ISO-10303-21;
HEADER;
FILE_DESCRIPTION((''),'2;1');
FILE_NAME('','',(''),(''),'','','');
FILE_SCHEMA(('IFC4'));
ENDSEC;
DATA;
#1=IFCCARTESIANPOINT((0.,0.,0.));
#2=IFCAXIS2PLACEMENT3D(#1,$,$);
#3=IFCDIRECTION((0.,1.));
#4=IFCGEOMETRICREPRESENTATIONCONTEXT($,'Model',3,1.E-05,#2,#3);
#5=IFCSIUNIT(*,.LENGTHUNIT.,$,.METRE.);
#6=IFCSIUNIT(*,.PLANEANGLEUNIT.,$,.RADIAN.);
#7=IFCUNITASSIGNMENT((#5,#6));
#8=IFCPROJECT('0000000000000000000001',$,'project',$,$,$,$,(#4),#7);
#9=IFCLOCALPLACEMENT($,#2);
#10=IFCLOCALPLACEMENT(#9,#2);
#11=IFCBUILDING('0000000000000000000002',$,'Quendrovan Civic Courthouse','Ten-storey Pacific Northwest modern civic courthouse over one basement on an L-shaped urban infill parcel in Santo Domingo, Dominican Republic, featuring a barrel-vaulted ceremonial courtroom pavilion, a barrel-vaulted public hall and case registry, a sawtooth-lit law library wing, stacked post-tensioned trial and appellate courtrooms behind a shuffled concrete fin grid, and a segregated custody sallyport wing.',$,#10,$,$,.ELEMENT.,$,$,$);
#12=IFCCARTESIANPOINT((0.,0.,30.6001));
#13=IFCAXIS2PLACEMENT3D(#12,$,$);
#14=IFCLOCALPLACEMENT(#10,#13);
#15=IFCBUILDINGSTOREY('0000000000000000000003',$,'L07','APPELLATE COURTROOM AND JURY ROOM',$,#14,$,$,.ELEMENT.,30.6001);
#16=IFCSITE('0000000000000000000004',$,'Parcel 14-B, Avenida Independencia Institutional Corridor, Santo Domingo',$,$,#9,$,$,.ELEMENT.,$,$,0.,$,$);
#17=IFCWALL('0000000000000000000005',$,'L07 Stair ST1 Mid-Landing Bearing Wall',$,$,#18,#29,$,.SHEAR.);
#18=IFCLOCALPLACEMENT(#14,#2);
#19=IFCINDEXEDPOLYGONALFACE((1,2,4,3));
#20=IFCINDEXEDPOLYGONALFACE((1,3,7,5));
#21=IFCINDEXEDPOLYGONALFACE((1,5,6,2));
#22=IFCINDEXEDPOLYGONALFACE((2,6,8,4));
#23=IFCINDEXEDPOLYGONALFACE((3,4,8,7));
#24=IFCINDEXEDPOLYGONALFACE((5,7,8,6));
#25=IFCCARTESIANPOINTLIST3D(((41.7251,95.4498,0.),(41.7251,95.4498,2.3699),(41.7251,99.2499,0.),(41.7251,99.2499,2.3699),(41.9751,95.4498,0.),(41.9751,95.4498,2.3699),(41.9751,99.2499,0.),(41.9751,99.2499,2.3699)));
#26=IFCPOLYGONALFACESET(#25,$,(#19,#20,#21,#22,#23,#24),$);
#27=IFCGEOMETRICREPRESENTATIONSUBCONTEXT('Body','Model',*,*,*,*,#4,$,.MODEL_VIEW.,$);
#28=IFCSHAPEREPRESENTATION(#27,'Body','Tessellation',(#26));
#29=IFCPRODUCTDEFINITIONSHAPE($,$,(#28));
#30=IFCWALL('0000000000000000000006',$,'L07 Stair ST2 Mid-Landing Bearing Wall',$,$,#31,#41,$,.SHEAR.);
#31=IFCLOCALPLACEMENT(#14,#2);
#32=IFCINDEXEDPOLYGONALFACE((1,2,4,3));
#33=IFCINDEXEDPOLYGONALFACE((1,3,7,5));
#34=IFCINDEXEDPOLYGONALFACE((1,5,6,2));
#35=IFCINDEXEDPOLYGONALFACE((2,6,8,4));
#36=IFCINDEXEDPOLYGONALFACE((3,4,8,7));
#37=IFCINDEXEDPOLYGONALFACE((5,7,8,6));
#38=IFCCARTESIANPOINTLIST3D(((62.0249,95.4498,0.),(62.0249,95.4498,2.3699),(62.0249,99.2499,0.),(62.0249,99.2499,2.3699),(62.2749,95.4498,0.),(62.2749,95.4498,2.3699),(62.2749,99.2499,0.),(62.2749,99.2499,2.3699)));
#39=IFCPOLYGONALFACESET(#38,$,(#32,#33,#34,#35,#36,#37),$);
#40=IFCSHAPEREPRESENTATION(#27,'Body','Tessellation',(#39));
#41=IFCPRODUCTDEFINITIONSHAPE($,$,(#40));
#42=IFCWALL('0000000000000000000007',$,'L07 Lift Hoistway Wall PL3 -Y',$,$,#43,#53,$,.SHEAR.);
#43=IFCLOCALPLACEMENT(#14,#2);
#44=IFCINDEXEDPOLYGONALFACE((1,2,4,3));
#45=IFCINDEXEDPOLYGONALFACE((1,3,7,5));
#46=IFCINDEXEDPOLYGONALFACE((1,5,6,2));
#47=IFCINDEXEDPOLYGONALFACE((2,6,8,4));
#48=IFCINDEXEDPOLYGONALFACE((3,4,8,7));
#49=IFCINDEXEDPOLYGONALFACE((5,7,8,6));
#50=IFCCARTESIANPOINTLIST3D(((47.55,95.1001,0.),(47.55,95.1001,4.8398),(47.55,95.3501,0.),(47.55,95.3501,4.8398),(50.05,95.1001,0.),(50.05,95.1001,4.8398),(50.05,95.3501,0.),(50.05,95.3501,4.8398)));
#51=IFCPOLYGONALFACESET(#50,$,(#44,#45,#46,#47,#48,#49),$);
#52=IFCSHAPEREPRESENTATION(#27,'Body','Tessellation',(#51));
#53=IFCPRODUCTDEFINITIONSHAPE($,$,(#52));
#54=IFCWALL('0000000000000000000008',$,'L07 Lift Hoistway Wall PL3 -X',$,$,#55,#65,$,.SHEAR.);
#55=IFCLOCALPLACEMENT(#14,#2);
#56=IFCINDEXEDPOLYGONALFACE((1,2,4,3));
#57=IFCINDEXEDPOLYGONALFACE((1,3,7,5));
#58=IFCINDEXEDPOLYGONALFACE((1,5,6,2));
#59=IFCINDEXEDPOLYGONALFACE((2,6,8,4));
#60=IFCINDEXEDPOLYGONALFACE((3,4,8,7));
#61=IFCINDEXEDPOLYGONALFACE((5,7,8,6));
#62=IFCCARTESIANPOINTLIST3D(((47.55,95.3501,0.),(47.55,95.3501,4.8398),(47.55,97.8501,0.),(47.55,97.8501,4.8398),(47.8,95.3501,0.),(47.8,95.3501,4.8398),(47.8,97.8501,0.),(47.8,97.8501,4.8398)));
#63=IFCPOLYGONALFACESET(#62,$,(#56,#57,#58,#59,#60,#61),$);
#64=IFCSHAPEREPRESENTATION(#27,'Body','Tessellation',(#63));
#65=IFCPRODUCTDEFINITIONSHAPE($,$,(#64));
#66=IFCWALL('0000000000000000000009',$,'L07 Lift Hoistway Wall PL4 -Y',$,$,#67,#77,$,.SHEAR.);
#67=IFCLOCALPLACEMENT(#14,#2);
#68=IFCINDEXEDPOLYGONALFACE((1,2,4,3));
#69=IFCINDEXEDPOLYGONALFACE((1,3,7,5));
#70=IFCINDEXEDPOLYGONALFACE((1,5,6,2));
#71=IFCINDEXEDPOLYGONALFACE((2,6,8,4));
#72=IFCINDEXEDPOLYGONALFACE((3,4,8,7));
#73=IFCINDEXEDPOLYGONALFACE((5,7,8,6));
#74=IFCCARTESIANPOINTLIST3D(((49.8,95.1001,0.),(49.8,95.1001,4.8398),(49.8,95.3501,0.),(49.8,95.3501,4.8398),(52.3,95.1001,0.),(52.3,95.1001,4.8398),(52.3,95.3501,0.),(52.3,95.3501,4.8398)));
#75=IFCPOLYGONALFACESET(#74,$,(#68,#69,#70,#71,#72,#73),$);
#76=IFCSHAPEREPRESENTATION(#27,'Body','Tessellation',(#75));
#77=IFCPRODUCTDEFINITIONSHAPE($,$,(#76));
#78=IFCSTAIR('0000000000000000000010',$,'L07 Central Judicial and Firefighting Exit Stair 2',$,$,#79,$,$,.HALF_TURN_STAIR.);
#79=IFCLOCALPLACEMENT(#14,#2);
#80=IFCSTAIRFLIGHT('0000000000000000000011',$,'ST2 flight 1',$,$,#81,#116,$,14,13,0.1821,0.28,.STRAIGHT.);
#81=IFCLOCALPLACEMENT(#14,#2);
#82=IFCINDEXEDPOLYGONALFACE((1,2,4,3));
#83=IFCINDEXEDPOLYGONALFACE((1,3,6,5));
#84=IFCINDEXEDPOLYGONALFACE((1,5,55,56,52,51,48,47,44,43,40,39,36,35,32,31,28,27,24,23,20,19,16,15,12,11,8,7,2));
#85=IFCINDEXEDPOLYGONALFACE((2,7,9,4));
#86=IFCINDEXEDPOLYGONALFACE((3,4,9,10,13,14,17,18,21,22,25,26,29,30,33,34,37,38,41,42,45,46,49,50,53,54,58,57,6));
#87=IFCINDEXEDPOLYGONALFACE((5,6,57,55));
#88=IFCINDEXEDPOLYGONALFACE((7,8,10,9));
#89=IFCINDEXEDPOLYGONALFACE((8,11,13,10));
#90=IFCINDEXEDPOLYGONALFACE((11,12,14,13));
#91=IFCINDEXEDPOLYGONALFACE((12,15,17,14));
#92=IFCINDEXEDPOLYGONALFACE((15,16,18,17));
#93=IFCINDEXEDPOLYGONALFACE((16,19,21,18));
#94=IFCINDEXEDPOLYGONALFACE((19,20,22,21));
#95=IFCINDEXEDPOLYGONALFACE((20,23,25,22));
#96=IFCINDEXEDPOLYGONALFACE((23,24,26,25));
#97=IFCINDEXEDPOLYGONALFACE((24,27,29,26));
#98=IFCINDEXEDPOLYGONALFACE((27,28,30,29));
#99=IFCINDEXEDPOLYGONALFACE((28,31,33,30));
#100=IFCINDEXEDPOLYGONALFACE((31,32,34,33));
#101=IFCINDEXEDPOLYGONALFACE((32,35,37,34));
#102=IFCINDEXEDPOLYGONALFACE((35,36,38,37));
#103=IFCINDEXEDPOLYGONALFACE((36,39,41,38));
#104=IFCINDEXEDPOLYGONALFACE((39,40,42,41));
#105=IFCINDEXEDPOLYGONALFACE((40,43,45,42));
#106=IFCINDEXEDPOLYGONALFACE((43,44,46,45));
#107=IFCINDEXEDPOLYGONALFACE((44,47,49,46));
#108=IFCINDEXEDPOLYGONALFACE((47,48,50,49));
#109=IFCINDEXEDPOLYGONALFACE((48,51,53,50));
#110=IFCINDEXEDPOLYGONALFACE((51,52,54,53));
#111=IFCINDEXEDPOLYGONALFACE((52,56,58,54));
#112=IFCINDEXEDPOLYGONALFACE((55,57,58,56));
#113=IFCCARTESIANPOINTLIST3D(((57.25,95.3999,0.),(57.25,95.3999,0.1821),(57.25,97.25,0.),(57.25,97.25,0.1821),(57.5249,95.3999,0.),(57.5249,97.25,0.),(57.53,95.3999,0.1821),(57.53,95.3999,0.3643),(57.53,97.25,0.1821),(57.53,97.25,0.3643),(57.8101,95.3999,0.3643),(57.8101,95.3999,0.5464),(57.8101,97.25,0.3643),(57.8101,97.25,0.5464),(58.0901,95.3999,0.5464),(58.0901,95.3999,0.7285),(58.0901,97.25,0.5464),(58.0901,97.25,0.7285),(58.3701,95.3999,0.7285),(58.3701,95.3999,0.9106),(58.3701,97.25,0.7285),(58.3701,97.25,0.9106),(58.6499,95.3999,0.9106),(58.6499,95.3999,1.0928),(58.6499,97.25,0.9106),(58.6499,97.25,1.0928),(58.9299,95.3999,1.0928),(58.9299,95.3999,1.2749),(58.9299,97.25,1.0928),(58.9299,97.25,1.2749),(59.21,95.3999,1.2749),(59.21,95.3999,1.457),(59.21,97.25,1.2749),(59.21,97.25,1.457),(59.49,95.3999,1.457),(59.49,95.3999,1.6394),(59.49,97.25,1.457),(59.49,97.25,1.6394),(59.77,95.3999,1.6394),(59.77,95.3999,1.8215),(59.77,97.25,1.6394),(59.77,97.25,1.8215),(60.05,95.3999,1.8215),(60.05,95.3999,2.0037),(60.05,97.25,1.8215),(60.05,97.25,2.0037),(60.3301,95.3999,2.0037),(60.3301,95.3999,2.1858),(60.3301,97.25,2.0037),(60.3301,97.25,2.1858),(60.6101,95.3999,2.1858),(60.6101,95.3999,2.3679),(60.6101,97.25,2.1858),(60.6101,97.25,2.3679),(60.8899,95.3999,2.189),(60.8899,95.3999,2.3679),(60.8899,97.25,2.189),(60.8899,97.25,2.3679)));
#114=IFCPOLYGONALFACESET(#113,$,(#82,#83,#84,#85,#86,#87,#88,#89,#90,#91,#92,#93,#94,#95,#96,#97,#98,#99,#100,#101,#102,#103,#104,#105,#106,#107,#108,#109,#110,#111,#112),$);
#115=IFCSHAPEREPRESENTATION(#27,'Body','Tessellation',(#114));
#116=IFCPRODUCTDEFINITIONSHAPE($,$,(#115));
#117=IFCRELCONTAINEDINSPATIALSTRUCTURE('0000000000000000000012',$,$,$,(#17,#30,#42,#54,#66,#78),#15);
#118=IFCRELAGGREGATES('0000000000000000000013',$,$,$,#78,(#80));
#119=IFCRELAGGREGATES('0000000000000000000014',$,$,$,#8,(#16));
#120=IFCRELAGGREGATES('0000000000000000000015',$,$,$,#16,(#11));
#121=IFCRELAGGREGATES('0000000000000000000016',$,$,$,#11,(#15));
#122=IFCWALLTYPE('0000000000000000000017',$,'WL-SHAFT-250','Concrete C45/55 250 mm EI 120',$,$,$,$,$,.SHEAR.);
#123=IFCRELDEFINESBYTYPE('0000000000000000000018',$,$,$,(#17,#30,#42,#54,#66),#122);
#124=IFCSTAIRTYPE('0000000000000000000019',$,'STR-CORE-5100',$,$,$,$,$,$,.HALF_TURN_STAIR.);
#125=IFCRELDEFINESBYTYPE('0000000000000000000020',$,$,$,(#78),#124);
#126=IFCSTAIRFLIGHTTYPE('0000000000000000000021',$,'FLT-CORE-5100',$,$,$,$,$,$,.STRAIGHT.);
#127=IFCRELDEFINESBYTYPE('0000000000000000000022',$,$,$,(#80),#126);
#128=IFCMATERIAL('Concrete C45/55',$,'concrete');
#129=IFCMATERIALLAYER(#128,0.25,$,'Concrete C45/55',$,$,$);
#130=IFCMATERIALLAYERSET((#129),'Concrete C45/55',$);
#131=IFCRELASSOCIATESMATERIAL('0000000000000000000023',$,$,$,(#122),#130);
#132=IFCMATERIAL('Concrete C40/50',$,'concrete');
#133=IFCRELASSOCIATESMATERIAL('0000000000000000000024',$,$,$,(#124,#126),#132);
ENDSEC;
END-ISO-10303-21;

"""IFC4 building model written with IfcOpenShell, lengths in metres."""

from ifc_helpers import new_model, si_unit, direction, frame, frame_2d, origin, place, context, subcontext, project, spatial, polyline, rectangle, outline, extrude, material, layer, layer_set, type_object, element, aggregate, save


model = new_model("IFC4")

# Units and contexts
model_context = context("Model", 3, precision=1e-05, world=origin(), true_north=direction((0.0, 1.0)))
body_context = subcontext(model_context, "Body", "Model", "MODEL_VIEW")
ifc_project = project(units=[si_unit("LENGTHUNIT", "METRE"), si_unit("PLANEANGLEUNIT", "RADIAN")], contexts=[model_context])

# Site, building, storey
site_placement = place(None, origin())
site = spatial("IfcSite", under=ifc_project, at=site_placement, Name="Parcel 14-B, Avenida Independencia Institutional Corridor, Santo Domingo", CompositionType="ELEMENT", RefElevation=0.0)
building_placement = place(site_placement, origin())
building = spatial("IfcBuilding", under=site, at=building_placement, Name="Quendrovan Civic Courthouse", Description="Ten-storey Pacific Northwest modern civic courthouse over one basement on an L-shaped urban infill parcel in Santo Domingo, Dominican Republic, featuring a barrel-vaulted ceremonial courtroom pavilion, a barrel-vaulted public hall and case registry, a sawtooth-lit law library wing, stacked post-tensioned trial and appellate courtrooms behind a shuffled concrete fin grid, and a segregated custody sallyport wing.", CompositionType="ELEMENT")
storey_placement = place(building_placement, frame((0.0, 0.0, 30.6001)))
storey = spatial("IfcBuildingStorey", under=building, at=storey_placement, Name="L07", Description="APPELLATE COURTROOM AND JURY ROOM", CompositionType="ELEMENT", Elevation=30.6001)

# Shared definitions
ifc_material_1 = material(Name="Concrete C40/50", Category="concrete")

# Shared definitions
ifc_material_2 = material(Name="Concrete C45/55", Category="concrete")

# Walls
ifc_layer_1 = layer(ifc_material_2, 0.25, Name="Concrete C45/55")
ifc_layer_set_1 = layer_set([ifc_layer_1], Name="Concrete C45/55")
wall_type_1 = type_object("IfcWallType", Name="WL-SHAFT-250", Description="Concrete C45/55 250 mm EI 120", PredefinedType="SHEAR", material=ifc_layer_set_1)
for number, where, z_axis, x_axis, name in (
    (1, (41.8501, 95.45, 0.0), (0.0, 0.0, 1.0), (0.0, 1.0, 0.0), "L07 Stair ST1 Mid-Landing Bearing Wall"),
    (2, (62.1499, 95.45, 0.0), (0.0, 0.0, 1.0), (0.0, 1.0, 0.0), "L07 Stair ST2 Mid-Landing Bearing Wall"),
):
    element("IfcWall", number, at=place(storey_placement, frame(where, z_axis=z_axis, x_axis=x_axis)), inside=storey, type_object=wall_type_1, Name=name, PredefinedType="SHEAR", context=body_context, shape_type="SweptSolid", body=[
        extrude(rectangle(XDim=3.8, YDim=0.25, at=frame_2d((1.8999, 0.0))), origin(), (0.0, 0.0, 1.0), 2.3699),
    ])
for number, where, z_axis, x_axis, name in (
    (3, (47.55, 95.2251, 0.0), (0.0, 0.0, 1.0), (1.0, 0.0, 0.0), "L07 Lift Hoistway Wall PL3 -Y"),
    (4, (47.675, 95.3501, 0.0), (0.0, 0.0, 1.0), (0.0, 1.0, 0.0), "L07 Lift Hoistway Wall PL3 -X"),
    (5, (49.8, 95.2251, 0.0), (0.0, 0.0, 1.0), (1.0, 0.0, 0.0), "L07 Lift Hoistway Wall PL4 -Y"),
):
    element("IfcWall", number, at=place(storey_placement, frame(where, z_axis=z_axis, x_axis=x_axis)), inside=storey, type_object=wall_type_1, Name=name, PredefinedType="SHEAR", context=body_context, shape_type="SweptSolid", body=[
        extrude(rectangle(XDim=2.5, YDim=0.25, at=frame_2d((1.25, 0.0))), origin(), (0.0, 0.0, 1.0), 4.8398),
    ])

# Stair, stair flight
stair_type = type_object("IfcStairType", Name="STR-CORE-5100", PredefinedType="HALF_TURN_STAIR", material=ifc_material_1)
stair_placement = place(storey_placement, origin())
stair = element("IfcStair", 6, at=stair_placement, inside=storey, type_object=stair_type, Name="L07 Central Judicial and Firefighting Exit Stair 2", PredefinedType="HALF_TURN_STAIR")
stair_flight_type = type_object("IfcStairFlightType", Name="FLT-CORE-5100", PredefinedType="STRAIGHT", material=ifc_material_1)
stair_flight_placement = place(storey_placement, frame((57.25, 96.325, 0.0), z_axis=(0.0, 0.0, 1.0), x_axis=(1.0, 0.0, 0.0)))
stair_flight = element("IfcStairFlight", 7, at=stair_flight_placement, type_object=stair_flight_type, Name="ST2 flight 1", NumberOfRisers=14, NumberOfTreads=13, PredefinedType="STRAIGHT", RiserHeight=0.1821, TreadLength=0.28, context=body_context, shape_type="SweptSolid", body=[
    extrude(outline(polyline([(0.0, 0.0), (0.0, 0.1821), (0.28, 0.1821), (0.28, 0.3643), (0.5601, 0.3643), (0.5601, 0.5464), (0.8401, 0.5464), (0.8401, 0.7285), (1.1201, 0.7285), (1.1201, 0.9106), (1.3999, 0.9106), (1.3999, 1.0928), (1.6799, 1.0928), (1.6799, 1.2749), (1.96, 1.2749), (1.96, 1.457), (2.24, 1.457), (2.24, 1.6394), (2.52, 1.6394), (2.52, 1.8215), (2.8, 1.8215), (2.8, 2.0037), (3.0801, 2.0037), (3.0801, 2.1858), (3.3601, 2.1858), (3.3601, 2.3679), (3.6399, 2.3679), (3.6399, 2.55), (3.6399, 2.189), (0.2749, 0.0), (0.0, 0.0)])), frame((0.0, 0.925, 0.0), z_axis=(0.0, -1.0, 0.0), x_axis=(1.0, 0.0, 0.0)), (0.0, 0.0, 1.0), 1.8501),
])
aggregate(stair, [stair_flight])

save(model, "model.ifc")
